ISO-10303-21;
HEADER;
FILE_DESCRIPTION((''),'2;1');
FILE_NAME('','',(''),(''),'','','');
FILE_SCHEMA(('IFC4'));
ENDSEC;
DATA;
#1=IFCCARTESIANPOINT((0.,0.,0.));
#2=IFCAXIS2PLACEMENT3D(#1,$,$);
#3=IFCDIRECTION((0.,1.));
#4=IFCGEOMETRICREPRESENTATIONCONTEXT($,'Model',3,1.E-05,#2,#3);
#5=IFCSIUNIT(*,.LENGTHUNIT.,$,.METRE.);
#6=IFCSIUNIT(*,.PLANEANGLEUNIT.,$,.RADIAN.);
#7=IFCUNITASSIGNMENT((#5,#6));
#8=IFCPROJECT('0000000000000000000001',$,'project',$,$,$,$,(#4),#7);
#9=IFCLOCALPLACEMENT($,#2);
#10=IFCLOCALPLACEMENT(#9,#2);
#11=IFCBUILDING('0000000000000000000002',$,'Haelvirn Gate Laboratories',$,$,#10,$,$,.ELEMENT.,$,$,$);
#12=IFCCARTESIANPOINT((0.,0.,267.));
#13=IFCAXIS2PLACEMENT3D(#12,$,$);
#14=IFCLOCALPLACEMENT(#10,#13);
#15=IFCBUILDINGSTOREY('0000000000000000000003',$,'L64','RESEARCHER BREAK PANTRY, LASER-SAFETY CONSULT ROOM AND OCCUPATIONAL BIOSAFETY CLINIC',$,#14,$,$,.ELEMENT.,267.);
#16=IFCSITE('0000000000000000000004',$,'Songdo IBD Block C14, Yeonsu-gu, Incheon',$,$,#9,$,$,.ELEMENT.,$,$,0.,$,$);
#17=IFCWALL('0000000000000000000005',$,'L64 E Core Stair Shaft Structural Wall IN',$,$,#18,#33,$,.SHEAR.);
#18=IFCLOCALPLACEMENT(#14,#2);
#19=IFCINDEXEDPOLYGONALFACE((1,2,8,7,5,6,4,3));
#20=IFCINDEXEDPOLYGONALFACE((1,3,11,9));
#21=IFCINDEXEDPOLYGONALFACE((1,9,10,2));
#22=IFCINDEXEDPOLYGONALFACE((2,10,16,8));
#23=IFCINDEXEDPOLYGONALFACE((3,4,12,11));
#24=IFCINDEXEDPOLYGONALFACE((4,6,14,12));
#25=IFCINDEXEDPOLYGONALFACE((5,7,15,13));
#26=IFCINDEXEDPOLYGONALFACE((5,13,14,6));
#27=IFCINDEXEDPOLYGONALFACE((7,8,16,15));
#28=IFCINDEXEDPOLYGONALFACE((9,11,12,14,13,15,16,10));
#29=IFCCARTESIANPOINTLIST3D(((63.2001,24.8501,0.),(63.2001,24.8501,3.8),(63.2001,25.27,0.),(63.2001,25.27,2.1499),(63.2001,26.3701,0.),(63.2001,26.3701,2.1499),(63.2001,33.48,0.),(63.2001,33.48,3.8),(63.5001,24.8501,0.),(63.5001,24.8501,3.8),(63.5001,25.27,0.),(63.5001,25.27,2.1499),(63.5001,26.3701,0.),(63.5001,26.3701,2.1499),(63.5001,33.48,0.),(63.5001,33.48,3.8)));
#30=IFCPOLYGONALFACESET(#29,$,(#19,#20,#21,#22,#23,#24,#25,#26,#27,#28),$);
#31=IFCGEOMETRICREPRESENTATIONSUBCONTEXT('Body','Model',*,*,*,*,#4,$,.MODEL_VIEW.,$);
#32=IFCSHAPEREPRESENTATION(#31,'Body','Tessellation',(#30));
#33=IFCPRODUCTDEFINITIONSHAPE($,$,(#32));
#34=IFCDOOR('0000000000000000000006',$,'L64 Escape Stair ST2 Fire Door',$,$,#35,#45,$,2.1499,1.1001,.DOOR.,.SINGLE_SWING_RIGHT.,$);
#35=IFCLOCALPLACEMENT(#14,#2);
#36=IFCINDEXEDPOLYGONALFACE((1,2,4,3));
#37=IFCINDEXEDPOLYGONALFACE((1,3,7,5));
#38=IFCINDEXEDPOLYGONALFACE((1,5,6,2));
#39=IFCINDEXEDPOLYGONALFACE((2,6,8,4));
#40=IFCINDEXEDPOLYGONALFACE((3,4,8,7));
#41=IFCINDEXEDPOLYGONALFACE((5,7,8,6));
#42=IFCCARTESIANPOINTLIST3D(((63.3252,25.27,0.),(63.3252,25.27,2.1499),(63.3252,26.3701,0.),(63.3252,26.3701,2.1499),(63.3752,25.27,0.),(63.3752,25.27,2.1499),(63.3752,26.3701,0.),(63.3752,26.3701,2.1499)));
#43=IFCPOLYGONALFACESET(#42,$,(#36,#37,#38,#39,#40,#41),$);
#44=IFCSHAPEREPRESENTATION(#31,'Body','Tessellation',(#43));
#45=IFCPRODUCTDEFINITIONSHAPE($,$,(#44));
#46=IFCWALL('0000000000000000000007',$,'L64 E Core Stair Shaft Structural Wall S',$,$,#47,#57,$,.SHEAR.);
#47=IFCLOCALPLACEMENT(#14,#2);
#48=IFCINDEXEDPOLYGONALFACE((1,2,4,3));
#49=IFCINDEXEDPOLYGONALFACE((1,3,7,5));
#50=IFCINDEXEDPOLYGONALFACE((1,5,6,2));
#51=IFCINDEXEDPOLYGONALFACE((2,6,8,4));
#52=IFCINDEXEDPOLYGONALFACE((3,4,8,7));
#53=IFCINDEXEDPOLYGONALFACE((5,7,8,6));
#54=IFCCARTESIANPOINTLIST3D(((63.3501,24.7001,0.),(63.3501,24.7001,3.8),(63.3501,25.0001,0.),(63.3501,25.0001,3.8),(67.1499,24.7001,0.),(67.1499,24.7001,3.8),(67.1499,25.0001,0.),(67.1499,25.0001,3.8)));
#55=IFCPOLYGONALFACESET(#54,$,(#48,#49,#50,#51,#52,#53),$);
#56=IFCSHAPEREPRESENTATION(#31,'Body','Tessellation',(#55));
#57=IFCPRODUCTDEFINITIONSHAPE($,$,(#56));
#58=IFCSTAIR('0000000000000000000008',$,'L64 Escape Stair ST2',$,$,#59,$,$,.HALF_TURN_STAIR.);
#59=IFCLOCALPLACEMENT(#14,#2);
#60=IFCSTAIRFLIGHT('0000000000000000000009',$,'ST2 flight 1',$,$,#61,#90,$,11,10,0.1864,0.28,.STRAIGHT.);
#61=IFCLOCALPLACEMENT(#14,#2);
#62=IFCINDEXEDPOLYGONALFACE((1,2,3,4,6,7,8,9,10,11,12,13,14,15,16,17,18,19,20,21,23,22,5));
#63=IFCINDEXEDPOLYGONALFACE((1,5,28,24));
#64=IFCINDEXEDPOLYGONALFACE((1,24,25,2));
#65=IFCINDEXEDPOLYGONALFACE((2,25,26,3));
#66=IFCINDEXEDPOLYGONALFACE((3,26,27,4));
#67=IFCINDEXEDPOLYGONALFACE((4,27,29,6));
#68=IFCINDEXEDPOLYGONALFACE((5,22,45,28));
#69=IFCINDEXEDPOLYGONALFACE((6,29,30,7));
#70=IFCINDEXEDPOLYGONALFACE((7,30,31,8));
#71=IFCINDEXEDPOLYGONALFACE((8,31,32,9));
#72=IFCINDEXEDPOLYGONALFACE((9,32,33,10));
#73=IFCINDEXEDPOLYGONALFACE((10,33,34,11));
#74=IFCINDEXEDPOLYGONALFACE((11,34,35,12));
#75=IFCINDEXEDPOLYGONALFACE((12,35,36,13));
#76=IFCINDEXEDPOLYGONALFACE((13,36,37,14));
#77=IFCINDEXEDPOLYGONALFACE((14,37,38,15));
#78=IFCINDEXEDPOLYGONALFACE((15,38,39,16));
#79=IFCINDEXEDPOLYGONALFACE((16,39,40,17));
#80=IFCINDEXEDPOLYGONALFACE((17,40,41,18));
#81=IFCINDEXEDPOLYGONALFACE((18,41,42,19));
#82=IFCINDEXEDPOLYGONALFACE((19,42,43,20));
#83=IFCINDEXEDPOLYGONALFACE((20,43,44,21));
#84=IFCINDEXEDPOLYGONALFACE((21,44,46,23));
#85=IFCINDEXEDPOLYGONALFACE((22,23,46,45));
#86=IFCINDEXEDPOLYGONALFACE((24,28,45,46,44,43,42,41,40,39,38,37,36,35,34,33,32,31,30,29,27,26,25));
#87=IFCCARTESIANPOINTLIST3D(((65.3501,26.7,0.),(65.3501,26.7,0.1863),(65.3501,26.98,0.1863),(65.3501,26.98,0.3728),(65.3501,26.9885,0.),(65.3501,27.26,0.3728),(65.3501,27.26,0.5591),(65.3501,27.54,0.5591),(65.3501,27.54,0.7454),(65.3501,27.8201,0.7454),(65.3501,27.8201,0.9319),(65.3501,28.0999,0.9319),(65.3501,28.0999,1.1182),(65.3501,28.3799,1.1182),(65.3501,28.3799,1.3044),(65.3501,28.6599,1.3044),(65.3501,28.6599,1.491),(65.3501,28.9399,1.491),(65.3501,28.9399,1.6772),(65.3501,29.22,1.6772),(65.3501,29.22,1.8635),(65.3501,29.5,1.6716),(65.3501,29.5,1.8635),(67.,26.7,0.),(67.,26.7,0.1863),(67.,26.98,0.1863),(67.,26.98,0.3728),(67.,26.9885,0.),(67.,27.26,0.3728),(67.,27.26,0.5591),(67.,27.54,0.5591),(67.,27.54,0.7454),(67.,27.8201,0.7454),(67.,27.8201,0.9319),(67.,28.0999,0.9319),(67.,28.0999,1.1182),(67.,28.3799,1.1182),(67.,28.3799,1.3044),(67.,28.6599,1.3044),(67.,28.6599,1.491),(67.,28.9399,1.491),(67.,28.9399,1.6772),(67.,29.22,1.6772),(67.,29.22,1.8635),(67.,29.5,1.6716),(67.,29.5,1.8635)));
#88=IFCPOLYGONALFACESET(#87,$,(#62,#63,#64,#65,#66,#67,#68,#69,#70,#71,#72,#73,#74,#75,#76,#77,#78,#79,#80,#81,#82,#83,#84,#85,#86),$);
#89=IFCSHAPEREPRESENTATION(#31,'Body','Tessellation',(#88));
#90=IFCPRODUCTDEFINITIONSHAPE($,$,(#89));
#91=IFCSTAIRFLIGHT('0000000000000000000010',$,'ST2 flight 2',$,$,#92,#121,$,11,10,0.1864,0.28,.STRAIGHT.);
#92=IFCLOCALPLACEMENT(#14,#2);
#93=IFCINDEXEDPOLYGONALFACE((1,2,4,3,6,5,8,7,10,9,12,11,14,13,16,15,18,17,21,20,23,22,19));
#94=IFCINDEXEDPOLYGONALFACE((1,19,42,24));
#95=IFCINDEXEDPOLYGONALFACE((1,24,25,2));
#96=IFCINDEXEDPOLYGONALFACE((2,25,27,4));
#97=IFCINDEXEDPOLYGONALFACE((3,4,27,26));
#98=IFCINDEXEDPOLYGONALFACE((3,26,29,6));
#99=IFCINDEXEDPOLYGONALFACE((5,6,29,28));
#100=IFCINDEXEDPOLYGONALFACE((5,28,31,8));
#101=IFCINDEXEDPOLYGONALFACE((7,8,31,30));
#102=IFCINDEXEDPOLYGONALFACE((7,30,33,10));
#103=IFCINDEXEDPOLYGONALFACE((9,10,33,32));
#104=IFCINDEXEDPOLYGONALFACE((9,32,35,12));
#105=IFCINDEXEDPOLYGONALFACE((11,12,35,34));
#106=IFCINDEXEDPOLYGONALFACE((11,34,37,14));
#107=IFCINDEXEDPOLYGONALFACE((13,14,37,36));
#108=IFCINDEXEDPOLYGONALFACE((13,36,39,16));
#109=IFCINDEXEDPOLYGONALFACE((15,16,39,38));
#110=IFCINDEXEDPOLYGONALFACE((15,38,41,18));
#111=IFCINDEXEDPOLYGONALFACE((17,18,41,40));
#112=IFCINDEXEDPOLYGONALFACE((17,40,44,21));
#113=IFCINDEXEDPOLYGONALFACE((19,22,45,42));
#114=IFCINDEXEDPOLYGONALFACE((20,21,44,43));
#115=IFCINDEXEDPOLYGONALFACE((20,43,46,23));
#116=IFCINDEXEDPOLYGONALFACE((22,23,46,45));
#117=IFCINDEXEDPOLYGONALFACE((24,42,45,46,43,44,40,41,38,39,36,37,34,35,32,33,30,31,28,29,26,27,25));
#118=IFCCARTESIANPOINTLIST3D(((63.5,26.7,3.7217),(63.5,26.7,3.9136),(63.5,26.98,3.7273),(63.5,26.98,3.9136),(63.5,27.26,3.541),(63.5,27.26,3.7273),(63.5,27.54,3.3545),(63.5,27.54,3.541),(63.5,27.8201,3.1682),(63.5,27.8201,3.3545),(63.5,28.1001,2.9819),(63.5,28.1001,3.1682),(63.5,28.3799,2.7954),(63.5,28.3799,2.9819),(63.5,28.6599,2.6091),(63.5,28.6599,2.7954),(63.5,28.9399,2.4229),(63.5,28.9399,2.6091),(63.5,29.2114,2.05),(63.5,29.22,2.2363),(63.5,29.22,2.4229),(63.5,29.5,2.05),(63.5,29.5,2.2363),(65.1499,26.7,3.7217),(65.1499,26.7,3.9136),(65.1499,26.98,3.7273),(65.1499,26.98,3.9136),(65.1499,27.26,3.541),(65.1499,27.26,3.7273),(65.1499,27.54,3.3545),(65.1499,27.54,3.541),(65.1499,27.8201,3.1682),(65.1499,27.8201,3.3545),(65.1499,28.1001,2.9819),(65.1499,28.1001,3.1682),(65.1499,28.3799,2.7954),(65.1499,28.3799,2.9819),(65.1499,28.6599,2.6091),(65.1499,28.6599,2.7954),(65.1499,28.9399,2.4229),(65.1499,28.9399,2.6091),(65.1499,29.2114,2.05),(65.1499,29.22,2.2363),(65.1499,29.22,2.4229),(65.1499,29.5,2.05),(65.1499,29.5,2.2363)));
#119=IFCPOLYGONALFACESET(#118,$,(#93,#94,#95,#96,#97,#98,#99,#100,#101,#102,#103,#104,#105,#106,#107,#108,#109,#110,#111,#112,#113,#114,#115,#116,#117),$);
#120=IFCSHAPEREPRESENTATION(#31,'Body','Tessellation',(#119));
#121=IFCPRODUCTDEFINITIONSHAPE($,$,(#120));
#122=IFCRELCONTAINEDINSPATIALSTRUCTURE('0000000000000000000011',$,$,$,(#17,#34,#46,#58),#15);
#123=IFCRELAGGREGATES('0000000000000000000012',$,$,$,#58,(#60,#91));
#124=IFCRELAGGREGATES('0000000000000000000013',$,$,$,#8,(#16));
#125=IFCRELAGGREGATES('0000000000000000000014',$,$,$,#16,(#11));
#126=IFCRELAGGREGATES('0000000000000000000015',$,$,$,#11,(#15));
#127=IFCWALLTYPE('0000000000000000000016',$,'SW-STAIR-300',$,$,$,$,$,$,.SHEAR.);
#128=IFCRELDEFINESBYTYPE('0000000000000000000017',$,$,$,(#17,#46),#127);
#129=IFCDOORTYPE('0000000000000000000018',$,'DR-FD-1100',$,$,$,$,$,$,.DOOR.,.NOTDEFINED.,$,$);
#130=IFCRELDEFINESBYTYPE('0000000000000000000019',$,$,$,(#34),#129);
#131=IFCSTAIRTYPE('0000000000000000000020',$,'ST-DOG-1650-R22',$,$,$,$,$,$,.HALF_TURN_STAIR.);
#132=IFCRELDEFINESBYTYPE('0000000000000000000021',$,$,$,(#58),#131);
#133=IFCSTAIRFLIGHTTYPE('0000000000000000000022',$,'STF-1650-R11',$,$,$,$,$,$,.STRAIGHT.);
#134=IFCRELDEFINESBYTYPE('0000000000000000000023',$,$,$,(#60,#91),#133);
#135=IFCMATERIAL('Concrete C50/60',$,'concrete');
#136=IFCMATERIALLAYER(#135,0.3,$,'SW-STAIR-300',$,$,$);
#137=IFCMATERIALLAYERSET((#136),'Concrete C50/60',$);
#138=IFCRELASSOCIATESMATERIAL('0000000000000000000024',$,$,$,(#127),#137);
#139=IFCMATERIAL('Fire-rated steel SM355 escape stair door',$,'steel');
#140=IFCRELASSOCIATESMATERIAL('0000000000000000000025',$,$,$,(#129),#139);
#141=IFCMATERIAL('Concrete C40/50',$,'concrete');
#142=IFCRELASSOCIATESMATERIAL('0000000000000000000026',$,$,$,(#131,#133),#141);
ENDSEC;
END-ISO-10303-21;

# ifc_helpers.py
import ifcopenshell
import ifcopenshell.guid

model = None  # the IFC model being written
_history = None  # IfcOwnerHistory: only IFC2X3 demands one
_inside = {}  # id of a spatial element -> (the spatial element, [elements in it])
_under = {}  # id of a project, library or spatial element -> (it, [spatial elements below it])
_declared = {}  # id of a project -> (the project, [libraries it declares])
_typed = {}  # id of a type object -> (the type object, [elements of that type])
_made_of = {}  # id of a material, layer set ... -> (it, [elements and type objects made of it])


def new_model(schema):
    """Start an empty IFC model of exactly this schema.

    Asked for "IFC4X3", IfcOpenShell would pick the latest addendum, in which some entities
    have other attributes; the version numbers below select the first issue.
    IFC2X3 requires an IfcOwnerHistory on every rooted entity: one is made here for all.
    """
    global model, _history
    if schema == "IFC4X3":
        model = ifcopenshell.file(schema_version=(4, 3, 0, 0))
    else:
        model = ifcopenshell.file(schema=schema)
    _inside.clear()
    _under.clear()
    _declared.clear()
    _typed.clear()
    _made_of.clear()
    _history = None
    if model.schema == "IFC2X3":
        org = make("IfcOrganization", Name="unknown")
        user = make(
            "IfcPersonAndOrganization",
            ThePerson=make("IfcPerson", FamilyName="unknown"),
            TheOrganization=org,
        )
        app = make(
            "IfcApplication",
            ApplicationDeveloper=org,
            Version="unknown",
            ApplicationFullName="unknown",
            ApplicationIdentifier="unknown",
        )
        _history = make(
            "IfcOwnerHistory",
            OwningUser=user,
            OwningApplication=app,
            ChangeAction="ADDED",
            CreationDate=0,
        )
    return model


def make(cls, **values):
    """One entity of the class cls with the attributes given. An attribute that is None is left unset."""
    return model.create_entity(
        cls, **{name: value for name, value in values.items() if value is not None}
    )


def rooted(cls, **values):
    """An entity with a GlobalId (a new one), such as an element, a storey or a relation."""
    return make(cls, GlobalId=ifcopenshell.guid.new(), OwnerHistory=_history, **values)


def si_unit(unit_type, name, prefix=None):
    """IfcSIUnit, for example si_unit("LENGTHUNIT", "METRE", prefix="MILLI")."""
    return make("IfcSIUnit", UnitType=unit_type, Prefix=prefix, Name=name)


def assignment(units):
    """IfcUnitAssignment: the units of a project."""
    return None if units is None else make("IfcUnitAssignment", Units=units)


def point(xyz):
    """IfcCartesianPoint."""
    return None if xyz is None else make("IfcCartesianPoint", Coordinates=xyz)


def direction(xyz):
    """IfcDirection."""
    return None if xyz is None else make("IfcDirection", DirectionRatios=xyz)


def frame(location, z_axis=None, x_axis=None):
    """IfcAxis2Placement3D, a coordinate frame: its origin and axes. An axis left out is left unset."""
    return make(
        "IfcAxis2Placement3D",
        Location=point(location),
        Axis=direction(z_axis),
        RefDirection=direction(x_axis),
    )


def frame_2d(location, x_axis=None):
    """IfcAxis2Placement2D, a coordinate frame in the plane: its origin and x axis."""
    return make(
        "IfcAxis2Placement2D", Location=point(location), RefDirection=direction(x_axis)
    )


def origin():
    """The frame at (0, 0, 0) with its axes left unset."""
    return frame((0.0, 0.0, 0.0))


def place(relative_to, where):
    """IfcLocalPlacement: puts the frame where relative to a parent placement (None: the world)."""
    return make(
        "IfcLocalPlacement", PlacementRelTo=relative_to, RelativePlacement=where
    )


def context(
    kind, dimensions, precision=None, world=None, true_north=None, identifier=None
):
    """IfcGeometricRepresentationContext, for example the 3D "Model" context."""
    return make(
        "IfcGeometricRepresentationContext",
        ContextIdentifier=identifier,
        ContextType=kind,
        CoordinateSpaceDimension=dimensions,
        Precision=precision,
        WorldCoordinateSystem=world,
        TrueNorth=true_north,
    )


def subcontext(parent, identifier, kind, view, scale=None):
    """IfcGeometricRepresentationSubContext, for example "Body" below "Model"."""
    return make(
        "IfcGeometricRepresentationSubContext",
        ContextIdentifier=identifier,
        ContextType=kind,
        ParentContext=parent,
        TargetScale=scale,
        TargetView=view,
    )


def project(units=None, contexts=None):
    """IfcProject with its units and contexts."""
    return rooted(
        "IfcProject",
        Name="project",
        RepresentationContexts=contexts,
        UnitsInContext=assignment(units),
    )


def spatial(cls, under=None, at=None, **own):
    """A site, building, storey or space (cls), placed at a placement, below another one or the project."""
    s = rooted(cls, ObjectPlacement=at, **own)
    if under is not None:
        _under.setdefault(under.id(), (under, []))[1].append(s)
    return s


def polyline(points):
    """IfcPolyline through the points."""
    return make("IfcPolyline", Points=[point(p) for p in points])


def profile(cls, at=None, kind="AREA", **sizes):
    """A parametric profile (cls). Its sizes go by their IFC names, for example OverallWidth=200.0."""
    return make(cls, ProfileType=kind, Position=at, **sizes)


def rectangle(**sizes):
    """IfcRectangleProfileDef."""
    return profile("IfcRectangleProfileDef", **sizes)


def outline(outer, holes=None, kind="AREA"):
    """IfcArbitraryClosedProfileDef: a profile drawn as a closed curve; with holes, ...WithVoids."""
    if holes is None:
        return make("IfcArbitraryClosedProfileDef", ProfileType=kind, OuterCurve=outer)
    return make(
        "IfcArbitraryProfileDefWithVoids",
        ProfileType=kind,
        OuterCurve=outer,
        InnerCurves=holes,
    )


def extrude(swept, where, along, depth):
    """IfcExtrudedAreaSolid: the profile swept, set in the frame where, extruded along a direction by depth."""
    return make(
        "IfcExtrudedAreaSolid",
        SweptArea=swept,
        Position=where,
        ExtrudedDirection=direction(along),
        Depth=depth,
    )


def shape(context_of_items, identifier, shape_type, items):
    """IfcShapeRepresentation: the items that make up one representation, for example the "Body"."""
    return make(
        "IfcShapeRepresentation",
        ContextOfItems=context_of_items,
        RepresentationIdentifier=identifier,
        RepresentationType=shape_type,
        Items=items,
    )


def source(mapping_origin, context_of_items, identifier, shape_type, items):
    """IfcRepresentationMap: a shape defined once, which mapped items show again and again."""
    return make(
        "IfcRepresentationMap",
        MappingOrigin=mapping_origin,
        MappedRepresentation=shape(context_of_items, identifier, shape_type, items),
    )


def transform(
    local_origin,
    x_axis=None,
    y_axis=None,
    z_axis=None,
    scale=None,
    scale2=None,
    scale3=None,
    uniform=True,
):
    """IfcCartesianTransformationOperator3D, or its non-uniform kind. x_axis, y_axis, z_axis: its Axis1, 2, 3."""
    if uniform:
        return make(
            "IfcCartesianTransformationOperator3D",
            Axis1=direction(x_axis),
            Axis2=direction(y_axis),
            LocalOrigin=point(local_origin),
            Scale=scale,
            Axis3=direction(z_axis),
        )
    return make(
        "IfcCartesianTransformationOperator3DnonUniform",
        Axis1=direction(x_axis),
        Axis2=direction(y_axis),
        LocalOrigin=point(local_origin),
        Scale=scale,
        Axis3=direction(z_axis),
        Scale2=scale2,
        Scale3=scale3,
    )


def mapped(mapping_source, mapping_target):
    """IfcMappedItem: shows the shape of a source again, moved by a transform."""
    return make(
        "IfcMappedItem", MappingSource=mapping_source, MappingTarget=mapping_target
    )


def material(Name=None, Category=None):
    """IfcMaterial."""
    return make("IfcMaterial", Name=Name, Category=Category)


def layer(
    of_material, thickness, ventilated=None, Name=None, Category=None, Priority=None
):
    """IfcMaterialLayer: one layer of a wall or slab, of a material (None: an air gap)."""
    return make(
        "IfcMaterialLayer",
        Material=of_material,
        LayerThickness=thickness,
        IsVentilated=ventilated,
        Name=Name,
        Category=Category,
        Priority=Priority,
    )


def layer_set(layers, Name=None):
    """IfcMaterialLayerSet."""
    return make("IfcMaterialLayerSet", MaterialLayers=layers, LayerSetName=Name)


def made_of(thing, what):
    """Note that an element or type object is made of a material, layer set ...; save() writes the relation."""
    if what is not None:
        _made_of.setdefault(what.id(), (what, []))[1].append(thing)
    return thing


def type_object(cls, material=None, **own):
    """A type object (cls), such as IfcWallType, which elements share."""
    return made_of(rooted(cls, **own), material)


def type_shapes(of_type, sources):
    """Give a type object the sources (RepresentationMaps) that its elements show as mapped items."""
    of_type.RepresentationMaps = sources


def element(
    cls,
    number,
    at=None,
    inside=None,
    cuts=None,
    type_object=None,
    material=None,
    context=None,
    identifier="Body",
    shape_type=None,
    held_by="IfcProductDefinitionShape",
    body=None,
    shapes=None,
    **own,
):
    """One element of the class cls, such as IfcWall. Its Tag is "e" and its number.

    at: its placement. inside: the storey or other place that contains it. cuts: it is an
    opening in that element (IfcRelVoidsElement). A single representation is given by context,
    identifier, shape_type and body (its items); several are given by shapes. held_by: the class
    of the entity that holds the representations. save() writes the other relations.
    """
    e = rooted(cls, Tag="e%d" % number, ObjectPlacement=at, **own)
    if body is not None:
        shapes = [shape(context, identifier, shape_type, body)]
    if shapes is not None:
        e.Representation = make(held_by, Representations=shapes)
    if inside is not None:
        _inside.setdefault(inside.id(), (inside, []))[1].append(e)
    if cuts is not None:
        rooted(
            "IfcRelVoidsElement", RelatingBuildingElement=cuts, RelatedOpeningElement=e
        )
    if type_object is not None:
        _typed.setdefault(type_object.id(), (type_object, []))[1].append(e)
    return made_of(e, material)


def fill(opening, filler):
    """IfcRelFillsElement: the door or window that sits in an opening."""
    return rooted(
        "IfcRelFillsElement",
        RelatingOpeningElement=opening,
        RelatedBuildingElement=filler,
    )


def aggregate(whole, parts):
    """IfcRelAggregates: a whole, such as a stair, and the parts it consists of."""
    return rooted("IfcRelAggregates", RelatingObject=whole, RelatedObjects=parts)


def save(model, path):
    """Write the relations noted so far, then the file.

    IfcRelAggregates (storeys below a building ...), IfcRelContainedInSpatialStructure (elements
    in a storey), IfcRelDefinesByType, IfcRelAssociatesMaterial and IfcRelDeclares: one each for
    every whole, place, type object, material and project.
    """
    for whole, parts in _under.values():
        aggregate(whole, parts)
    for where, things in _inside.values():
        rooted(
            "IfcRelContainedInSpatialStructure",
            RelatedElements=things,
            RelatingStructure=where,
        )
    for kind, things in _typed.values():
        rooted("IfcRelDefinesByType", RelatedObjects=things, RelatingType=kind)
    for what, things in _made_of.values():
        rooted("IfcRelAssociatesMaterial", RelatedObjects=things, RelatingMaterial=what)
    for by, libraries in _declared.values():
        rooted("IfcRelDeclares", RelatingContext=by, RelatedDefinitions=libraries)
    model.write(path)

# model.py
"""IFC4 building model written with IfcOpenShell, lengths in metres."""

from ifc_helpers import new_model, si_unit, direction, frame, frame_2d, origin, place, context, subcontext, project, spatial, polyline, rectangle, outline, extrude, source, transform, mapped, material, layer, layer_set, type_object, type_shapes, element, fill, aggregate, save


model = new_model("IFC4")

# Units and contexts
model_context = context("Model", 3, precision=1e-05, world=origin(), true_north=direction((0.0, 1.0)))
body_context = subcontext(model_context, "Body", "Model", "MODEL_VIEW")
ifc_project = project(units=[si_unit("LENGTHUNIT", "METRE"), si_unit("PLANEANGLEUNIT", "RADIAN")], contexts=[model_context])

# Site, building, storey
site_placement = place(None, origin())
site = spatial("IfcSite", under=ifc_project, at=site_placement, Name="Songdo IBD Block C14, Yeonsu-gu, Incheon", CompositionType="ELEMENT", RefElevation=0.0)
building_placement = place(site_placement, origin())
building = spatial("IfcBuilding", under=site, at=building_placement, Name="Haelvirn Gate Laboratories", CompositionType="ELEMENT")
storey_placement = place(building_placement, frame((0.0, 0.0, 267.0)))
storey = spatial("IfcBuildingStorey", under=building, at=storey_placement, Name="L64", Description="RESEARCHER BREAK PANTRY, LASER-SAFETY CONSULT ROOM AND OCCUPATIONAL BIOSAFETY CLINIC", CompositionType="ELEMENT", Elevation=267.0)

# Shared definitions
ifc_material_1 = material(Name="Concrete C40/50", Category="concrete")

# Shared definitions
ifc_material_2 = material(Name="Concrete C50/60", Category="concrete")

# Wall, opening, door
ifc_layer_1 = layer(ifc_material_2, 0.3, Name="SW-STAIR-300")
ifc_layer_set_1 = layer_set([ifc_layer_1], Name="Concrete C50/60")
wall_type_1 = type_object("IfcWallType", Name="SW-STAIR-300", PredefinedType="SHEAR", material=ifc_layer_set_1)
wall_1_placement = place(storey_placement, frame((63.3501, 24.8501, 0.0), z_axis=(0.0, 0.0, 1.0), x_axis=(0.0, 1.0, 0.0)))
wall_1 = element("IfcWall", 1, at=wall_1_placement, inside=storey, type_object=wall_type_1, Name="L64 E Core Stair Shaft Structural Wall IN", PredefinedType="SHEAR", context=body_context, shape_type="SweptSolid", body=[
    extrude(rectangle(XDim=8.6299, YDim=0.3, at=frame_2d((4.3149, 0.0))), origin(), (0.0, 0.0, 1.0), 3.8),
])
opening_1_placement = place(wall_1_placement, frame((0.4199, 0.0, 0.0)))
opening_1 = element("IfcOpeningElement", 2, at=opening_1_placement, cuts=wall_1, PredefinedType="OPENING", context=body_context, shape_type="SweptSolid", body=[
    extrude(rectangle(XDim=1.1001, YDim=2.1499, at=frame_2d((0.55, 1.075))), frame((0.0, 0.1602, 0.0), z_axis=(0.0, -1.0, 0.0), x_axis=(1.0, 0.0, 0.0)), (0.0, 0.0, 1.0), 0.3201),
])
ifc_material_3 = material(Name="Fire-rated steel SM355 escape stair door", Category="steel")
door_type_1 = type_object("IfcDoorType", Name="DR-FD-1100", OperationType="NOTDEFINED", PredefinedType="DOOR", material=ifc_material_3)
shared_shape_1 = source(origin(), body_context, "Body", "SweptSolid", [
    extrude(rectangle(XDim=1.1001, YDim=2.1499, at=frame_2d((0.55, 1.075))), frame((0.0, 0.0249, 0.0), z_axis=(0.0, -1.0, 0.0), x_axis=(1.0, 0.0, 0.0)), (0.0, 0.0, 1.0), 0.05),
])
type_shapes(door_type_1, [shared_shape_1])
door_1_placement = place(opening_1_placement, origin())
door_1 = element("IfcDoor", 3, at=door_1_placement, inside=storey, type_object=door_type_1, Name="L64 Escape Stair ST2 Fire Door", OperationType="SINGLE_SWING_RIGHT", OverallHeight=2.1499, OverallWidth=1.1001, PredefinedType="DOOR", context=body_context, shape_type="MappedRepresentation", body=[
    mapped(shared_shape_1, transform((0.0, 0.0, 0.0), scale=1.0)),
])
fill(opening_1, door_1)

# Wall
wall_2_placement = place(storey_placement, frame((63.3501, 24.8501, 0.0), z_axis=(0.0, 0.0, 1.0), x_axis=(1.0, 0.0, 0.0)))
element("IfcWall", 4, at=wall_2_placement, inside=storey, type_object=wall_type_1, Name="L64 E Core Stair Shaft Structural Wall S", PredefinedType="SHEAR", context=body_context, shape_type="SweptSolid", body=[
    extrude(rectangle(XDim=3.7998, YDim=0.3, at=frame_2d((1.8999, 0.0))), origin(), (0.0, 0.0, 1.0), 3.8),
])

# Stair, stair flights
stair_type = type_object("IfcStairType", Name="ST-DOG-1650-R22", PredefinedType="HALF_TURN_STAIR", material=ifc_material_1)
stair_placement = place(storey_placement, origin())
stair = element("IfcStair", 5, at=stair_placement, inside=storey, type_object=stair_type, Name="L64 Escape Stair ST2", PredefinedType="HALF_TURN_STAIR")
stair_flight_type = type_object("IfcStairFlightType", Name="STF-1650-R11", PredefinedType="STRAIGHT", material=ifc_material_1)
shared_shape_2 = source(origin(), body_context, "Body", "SweptSolid", [
    extrude(outline(polyline([(0.0, 0.0), (0.0, 0.1863), (0.28, 0.1863), (0.28, 0.3728), (0.5601, 0.3728), (0.5601, 0.5591), (0.8401, 0.5591), (0.8401, 0.7454), (1.1201, 0.7454), (1.1201, 0.9319), (1.3999, 0.9319), (1.3999, 1.1182), (1.6799, 1.1182), (1.6799, 1.3044), (1.96, 1.3044), (1.96, 1.491), (2.24, 1.491), (2.24, 1.6772), (2.52, 1.6772), (2.52, 1.8635), (2.8, 1.8635), (2.8, 2.05), (2.8, 1.6716), (0.2886, 0.0), (0.0, 0.0)])), frame((0.0, 0.825, 0.0), z_axis=(0.0, -1.0, 0.0), x_axis=(1.0, 0.0, 0.0)), (0.0, 0.0, 1.0), 1.6499),
])
type_shapes(stair_flight_type, [shared_shape_2])
stair_flight_1_placement = place(storey_placement, frame((66.175, 26.7, 0.0), z_axis=(0.0, 0.0, 1.0), x_axis=(0.0, 1.0, 0.0)))
stair_flight_1 = element("IfcStairFlight", 6, at=stair_flight_1_placement, type_object=stair_flight_type, Name="ST2 flight 1", NumberOfRisers=11, NumberOfTreads=10, PredefinedType="STRAIGHT", RiserHeight=0.1864, TreadLength=0.28, context=body_context, shape_type="MappedRepresentation", body=[
    mapped(shared_shape_2, transform((0.0, 0.0, 0.0), scale=1.0)),
])
stair_flight_2_placement = place(storey_placement, frame((64.325, 29.5, 2.05), z_axis=(0.0, 0.0, 1.0), x_axis=(0.0, -1.0, 0.0)))
stair_flight_2 = element("IfcStairFlight", 7, at=stair_flight_2_placement, type_object=stair_flight_type, Name="ST2 flight 2", NumberOfRisers=11, NumberOfTreads=10, PredefinedType="STRAIGHT", RiserHeight=0.1864, TreadLength=0.28, context=body_context, shape_type="MappedRepresentation", body=[
    mapped(shared_shape_2, transform((0.0, 0.0, 0.0), scale=1.0)),
])
aggregate(stair, [stair_flight_1, stair_flight_2])

save(model, "model.ifc")
